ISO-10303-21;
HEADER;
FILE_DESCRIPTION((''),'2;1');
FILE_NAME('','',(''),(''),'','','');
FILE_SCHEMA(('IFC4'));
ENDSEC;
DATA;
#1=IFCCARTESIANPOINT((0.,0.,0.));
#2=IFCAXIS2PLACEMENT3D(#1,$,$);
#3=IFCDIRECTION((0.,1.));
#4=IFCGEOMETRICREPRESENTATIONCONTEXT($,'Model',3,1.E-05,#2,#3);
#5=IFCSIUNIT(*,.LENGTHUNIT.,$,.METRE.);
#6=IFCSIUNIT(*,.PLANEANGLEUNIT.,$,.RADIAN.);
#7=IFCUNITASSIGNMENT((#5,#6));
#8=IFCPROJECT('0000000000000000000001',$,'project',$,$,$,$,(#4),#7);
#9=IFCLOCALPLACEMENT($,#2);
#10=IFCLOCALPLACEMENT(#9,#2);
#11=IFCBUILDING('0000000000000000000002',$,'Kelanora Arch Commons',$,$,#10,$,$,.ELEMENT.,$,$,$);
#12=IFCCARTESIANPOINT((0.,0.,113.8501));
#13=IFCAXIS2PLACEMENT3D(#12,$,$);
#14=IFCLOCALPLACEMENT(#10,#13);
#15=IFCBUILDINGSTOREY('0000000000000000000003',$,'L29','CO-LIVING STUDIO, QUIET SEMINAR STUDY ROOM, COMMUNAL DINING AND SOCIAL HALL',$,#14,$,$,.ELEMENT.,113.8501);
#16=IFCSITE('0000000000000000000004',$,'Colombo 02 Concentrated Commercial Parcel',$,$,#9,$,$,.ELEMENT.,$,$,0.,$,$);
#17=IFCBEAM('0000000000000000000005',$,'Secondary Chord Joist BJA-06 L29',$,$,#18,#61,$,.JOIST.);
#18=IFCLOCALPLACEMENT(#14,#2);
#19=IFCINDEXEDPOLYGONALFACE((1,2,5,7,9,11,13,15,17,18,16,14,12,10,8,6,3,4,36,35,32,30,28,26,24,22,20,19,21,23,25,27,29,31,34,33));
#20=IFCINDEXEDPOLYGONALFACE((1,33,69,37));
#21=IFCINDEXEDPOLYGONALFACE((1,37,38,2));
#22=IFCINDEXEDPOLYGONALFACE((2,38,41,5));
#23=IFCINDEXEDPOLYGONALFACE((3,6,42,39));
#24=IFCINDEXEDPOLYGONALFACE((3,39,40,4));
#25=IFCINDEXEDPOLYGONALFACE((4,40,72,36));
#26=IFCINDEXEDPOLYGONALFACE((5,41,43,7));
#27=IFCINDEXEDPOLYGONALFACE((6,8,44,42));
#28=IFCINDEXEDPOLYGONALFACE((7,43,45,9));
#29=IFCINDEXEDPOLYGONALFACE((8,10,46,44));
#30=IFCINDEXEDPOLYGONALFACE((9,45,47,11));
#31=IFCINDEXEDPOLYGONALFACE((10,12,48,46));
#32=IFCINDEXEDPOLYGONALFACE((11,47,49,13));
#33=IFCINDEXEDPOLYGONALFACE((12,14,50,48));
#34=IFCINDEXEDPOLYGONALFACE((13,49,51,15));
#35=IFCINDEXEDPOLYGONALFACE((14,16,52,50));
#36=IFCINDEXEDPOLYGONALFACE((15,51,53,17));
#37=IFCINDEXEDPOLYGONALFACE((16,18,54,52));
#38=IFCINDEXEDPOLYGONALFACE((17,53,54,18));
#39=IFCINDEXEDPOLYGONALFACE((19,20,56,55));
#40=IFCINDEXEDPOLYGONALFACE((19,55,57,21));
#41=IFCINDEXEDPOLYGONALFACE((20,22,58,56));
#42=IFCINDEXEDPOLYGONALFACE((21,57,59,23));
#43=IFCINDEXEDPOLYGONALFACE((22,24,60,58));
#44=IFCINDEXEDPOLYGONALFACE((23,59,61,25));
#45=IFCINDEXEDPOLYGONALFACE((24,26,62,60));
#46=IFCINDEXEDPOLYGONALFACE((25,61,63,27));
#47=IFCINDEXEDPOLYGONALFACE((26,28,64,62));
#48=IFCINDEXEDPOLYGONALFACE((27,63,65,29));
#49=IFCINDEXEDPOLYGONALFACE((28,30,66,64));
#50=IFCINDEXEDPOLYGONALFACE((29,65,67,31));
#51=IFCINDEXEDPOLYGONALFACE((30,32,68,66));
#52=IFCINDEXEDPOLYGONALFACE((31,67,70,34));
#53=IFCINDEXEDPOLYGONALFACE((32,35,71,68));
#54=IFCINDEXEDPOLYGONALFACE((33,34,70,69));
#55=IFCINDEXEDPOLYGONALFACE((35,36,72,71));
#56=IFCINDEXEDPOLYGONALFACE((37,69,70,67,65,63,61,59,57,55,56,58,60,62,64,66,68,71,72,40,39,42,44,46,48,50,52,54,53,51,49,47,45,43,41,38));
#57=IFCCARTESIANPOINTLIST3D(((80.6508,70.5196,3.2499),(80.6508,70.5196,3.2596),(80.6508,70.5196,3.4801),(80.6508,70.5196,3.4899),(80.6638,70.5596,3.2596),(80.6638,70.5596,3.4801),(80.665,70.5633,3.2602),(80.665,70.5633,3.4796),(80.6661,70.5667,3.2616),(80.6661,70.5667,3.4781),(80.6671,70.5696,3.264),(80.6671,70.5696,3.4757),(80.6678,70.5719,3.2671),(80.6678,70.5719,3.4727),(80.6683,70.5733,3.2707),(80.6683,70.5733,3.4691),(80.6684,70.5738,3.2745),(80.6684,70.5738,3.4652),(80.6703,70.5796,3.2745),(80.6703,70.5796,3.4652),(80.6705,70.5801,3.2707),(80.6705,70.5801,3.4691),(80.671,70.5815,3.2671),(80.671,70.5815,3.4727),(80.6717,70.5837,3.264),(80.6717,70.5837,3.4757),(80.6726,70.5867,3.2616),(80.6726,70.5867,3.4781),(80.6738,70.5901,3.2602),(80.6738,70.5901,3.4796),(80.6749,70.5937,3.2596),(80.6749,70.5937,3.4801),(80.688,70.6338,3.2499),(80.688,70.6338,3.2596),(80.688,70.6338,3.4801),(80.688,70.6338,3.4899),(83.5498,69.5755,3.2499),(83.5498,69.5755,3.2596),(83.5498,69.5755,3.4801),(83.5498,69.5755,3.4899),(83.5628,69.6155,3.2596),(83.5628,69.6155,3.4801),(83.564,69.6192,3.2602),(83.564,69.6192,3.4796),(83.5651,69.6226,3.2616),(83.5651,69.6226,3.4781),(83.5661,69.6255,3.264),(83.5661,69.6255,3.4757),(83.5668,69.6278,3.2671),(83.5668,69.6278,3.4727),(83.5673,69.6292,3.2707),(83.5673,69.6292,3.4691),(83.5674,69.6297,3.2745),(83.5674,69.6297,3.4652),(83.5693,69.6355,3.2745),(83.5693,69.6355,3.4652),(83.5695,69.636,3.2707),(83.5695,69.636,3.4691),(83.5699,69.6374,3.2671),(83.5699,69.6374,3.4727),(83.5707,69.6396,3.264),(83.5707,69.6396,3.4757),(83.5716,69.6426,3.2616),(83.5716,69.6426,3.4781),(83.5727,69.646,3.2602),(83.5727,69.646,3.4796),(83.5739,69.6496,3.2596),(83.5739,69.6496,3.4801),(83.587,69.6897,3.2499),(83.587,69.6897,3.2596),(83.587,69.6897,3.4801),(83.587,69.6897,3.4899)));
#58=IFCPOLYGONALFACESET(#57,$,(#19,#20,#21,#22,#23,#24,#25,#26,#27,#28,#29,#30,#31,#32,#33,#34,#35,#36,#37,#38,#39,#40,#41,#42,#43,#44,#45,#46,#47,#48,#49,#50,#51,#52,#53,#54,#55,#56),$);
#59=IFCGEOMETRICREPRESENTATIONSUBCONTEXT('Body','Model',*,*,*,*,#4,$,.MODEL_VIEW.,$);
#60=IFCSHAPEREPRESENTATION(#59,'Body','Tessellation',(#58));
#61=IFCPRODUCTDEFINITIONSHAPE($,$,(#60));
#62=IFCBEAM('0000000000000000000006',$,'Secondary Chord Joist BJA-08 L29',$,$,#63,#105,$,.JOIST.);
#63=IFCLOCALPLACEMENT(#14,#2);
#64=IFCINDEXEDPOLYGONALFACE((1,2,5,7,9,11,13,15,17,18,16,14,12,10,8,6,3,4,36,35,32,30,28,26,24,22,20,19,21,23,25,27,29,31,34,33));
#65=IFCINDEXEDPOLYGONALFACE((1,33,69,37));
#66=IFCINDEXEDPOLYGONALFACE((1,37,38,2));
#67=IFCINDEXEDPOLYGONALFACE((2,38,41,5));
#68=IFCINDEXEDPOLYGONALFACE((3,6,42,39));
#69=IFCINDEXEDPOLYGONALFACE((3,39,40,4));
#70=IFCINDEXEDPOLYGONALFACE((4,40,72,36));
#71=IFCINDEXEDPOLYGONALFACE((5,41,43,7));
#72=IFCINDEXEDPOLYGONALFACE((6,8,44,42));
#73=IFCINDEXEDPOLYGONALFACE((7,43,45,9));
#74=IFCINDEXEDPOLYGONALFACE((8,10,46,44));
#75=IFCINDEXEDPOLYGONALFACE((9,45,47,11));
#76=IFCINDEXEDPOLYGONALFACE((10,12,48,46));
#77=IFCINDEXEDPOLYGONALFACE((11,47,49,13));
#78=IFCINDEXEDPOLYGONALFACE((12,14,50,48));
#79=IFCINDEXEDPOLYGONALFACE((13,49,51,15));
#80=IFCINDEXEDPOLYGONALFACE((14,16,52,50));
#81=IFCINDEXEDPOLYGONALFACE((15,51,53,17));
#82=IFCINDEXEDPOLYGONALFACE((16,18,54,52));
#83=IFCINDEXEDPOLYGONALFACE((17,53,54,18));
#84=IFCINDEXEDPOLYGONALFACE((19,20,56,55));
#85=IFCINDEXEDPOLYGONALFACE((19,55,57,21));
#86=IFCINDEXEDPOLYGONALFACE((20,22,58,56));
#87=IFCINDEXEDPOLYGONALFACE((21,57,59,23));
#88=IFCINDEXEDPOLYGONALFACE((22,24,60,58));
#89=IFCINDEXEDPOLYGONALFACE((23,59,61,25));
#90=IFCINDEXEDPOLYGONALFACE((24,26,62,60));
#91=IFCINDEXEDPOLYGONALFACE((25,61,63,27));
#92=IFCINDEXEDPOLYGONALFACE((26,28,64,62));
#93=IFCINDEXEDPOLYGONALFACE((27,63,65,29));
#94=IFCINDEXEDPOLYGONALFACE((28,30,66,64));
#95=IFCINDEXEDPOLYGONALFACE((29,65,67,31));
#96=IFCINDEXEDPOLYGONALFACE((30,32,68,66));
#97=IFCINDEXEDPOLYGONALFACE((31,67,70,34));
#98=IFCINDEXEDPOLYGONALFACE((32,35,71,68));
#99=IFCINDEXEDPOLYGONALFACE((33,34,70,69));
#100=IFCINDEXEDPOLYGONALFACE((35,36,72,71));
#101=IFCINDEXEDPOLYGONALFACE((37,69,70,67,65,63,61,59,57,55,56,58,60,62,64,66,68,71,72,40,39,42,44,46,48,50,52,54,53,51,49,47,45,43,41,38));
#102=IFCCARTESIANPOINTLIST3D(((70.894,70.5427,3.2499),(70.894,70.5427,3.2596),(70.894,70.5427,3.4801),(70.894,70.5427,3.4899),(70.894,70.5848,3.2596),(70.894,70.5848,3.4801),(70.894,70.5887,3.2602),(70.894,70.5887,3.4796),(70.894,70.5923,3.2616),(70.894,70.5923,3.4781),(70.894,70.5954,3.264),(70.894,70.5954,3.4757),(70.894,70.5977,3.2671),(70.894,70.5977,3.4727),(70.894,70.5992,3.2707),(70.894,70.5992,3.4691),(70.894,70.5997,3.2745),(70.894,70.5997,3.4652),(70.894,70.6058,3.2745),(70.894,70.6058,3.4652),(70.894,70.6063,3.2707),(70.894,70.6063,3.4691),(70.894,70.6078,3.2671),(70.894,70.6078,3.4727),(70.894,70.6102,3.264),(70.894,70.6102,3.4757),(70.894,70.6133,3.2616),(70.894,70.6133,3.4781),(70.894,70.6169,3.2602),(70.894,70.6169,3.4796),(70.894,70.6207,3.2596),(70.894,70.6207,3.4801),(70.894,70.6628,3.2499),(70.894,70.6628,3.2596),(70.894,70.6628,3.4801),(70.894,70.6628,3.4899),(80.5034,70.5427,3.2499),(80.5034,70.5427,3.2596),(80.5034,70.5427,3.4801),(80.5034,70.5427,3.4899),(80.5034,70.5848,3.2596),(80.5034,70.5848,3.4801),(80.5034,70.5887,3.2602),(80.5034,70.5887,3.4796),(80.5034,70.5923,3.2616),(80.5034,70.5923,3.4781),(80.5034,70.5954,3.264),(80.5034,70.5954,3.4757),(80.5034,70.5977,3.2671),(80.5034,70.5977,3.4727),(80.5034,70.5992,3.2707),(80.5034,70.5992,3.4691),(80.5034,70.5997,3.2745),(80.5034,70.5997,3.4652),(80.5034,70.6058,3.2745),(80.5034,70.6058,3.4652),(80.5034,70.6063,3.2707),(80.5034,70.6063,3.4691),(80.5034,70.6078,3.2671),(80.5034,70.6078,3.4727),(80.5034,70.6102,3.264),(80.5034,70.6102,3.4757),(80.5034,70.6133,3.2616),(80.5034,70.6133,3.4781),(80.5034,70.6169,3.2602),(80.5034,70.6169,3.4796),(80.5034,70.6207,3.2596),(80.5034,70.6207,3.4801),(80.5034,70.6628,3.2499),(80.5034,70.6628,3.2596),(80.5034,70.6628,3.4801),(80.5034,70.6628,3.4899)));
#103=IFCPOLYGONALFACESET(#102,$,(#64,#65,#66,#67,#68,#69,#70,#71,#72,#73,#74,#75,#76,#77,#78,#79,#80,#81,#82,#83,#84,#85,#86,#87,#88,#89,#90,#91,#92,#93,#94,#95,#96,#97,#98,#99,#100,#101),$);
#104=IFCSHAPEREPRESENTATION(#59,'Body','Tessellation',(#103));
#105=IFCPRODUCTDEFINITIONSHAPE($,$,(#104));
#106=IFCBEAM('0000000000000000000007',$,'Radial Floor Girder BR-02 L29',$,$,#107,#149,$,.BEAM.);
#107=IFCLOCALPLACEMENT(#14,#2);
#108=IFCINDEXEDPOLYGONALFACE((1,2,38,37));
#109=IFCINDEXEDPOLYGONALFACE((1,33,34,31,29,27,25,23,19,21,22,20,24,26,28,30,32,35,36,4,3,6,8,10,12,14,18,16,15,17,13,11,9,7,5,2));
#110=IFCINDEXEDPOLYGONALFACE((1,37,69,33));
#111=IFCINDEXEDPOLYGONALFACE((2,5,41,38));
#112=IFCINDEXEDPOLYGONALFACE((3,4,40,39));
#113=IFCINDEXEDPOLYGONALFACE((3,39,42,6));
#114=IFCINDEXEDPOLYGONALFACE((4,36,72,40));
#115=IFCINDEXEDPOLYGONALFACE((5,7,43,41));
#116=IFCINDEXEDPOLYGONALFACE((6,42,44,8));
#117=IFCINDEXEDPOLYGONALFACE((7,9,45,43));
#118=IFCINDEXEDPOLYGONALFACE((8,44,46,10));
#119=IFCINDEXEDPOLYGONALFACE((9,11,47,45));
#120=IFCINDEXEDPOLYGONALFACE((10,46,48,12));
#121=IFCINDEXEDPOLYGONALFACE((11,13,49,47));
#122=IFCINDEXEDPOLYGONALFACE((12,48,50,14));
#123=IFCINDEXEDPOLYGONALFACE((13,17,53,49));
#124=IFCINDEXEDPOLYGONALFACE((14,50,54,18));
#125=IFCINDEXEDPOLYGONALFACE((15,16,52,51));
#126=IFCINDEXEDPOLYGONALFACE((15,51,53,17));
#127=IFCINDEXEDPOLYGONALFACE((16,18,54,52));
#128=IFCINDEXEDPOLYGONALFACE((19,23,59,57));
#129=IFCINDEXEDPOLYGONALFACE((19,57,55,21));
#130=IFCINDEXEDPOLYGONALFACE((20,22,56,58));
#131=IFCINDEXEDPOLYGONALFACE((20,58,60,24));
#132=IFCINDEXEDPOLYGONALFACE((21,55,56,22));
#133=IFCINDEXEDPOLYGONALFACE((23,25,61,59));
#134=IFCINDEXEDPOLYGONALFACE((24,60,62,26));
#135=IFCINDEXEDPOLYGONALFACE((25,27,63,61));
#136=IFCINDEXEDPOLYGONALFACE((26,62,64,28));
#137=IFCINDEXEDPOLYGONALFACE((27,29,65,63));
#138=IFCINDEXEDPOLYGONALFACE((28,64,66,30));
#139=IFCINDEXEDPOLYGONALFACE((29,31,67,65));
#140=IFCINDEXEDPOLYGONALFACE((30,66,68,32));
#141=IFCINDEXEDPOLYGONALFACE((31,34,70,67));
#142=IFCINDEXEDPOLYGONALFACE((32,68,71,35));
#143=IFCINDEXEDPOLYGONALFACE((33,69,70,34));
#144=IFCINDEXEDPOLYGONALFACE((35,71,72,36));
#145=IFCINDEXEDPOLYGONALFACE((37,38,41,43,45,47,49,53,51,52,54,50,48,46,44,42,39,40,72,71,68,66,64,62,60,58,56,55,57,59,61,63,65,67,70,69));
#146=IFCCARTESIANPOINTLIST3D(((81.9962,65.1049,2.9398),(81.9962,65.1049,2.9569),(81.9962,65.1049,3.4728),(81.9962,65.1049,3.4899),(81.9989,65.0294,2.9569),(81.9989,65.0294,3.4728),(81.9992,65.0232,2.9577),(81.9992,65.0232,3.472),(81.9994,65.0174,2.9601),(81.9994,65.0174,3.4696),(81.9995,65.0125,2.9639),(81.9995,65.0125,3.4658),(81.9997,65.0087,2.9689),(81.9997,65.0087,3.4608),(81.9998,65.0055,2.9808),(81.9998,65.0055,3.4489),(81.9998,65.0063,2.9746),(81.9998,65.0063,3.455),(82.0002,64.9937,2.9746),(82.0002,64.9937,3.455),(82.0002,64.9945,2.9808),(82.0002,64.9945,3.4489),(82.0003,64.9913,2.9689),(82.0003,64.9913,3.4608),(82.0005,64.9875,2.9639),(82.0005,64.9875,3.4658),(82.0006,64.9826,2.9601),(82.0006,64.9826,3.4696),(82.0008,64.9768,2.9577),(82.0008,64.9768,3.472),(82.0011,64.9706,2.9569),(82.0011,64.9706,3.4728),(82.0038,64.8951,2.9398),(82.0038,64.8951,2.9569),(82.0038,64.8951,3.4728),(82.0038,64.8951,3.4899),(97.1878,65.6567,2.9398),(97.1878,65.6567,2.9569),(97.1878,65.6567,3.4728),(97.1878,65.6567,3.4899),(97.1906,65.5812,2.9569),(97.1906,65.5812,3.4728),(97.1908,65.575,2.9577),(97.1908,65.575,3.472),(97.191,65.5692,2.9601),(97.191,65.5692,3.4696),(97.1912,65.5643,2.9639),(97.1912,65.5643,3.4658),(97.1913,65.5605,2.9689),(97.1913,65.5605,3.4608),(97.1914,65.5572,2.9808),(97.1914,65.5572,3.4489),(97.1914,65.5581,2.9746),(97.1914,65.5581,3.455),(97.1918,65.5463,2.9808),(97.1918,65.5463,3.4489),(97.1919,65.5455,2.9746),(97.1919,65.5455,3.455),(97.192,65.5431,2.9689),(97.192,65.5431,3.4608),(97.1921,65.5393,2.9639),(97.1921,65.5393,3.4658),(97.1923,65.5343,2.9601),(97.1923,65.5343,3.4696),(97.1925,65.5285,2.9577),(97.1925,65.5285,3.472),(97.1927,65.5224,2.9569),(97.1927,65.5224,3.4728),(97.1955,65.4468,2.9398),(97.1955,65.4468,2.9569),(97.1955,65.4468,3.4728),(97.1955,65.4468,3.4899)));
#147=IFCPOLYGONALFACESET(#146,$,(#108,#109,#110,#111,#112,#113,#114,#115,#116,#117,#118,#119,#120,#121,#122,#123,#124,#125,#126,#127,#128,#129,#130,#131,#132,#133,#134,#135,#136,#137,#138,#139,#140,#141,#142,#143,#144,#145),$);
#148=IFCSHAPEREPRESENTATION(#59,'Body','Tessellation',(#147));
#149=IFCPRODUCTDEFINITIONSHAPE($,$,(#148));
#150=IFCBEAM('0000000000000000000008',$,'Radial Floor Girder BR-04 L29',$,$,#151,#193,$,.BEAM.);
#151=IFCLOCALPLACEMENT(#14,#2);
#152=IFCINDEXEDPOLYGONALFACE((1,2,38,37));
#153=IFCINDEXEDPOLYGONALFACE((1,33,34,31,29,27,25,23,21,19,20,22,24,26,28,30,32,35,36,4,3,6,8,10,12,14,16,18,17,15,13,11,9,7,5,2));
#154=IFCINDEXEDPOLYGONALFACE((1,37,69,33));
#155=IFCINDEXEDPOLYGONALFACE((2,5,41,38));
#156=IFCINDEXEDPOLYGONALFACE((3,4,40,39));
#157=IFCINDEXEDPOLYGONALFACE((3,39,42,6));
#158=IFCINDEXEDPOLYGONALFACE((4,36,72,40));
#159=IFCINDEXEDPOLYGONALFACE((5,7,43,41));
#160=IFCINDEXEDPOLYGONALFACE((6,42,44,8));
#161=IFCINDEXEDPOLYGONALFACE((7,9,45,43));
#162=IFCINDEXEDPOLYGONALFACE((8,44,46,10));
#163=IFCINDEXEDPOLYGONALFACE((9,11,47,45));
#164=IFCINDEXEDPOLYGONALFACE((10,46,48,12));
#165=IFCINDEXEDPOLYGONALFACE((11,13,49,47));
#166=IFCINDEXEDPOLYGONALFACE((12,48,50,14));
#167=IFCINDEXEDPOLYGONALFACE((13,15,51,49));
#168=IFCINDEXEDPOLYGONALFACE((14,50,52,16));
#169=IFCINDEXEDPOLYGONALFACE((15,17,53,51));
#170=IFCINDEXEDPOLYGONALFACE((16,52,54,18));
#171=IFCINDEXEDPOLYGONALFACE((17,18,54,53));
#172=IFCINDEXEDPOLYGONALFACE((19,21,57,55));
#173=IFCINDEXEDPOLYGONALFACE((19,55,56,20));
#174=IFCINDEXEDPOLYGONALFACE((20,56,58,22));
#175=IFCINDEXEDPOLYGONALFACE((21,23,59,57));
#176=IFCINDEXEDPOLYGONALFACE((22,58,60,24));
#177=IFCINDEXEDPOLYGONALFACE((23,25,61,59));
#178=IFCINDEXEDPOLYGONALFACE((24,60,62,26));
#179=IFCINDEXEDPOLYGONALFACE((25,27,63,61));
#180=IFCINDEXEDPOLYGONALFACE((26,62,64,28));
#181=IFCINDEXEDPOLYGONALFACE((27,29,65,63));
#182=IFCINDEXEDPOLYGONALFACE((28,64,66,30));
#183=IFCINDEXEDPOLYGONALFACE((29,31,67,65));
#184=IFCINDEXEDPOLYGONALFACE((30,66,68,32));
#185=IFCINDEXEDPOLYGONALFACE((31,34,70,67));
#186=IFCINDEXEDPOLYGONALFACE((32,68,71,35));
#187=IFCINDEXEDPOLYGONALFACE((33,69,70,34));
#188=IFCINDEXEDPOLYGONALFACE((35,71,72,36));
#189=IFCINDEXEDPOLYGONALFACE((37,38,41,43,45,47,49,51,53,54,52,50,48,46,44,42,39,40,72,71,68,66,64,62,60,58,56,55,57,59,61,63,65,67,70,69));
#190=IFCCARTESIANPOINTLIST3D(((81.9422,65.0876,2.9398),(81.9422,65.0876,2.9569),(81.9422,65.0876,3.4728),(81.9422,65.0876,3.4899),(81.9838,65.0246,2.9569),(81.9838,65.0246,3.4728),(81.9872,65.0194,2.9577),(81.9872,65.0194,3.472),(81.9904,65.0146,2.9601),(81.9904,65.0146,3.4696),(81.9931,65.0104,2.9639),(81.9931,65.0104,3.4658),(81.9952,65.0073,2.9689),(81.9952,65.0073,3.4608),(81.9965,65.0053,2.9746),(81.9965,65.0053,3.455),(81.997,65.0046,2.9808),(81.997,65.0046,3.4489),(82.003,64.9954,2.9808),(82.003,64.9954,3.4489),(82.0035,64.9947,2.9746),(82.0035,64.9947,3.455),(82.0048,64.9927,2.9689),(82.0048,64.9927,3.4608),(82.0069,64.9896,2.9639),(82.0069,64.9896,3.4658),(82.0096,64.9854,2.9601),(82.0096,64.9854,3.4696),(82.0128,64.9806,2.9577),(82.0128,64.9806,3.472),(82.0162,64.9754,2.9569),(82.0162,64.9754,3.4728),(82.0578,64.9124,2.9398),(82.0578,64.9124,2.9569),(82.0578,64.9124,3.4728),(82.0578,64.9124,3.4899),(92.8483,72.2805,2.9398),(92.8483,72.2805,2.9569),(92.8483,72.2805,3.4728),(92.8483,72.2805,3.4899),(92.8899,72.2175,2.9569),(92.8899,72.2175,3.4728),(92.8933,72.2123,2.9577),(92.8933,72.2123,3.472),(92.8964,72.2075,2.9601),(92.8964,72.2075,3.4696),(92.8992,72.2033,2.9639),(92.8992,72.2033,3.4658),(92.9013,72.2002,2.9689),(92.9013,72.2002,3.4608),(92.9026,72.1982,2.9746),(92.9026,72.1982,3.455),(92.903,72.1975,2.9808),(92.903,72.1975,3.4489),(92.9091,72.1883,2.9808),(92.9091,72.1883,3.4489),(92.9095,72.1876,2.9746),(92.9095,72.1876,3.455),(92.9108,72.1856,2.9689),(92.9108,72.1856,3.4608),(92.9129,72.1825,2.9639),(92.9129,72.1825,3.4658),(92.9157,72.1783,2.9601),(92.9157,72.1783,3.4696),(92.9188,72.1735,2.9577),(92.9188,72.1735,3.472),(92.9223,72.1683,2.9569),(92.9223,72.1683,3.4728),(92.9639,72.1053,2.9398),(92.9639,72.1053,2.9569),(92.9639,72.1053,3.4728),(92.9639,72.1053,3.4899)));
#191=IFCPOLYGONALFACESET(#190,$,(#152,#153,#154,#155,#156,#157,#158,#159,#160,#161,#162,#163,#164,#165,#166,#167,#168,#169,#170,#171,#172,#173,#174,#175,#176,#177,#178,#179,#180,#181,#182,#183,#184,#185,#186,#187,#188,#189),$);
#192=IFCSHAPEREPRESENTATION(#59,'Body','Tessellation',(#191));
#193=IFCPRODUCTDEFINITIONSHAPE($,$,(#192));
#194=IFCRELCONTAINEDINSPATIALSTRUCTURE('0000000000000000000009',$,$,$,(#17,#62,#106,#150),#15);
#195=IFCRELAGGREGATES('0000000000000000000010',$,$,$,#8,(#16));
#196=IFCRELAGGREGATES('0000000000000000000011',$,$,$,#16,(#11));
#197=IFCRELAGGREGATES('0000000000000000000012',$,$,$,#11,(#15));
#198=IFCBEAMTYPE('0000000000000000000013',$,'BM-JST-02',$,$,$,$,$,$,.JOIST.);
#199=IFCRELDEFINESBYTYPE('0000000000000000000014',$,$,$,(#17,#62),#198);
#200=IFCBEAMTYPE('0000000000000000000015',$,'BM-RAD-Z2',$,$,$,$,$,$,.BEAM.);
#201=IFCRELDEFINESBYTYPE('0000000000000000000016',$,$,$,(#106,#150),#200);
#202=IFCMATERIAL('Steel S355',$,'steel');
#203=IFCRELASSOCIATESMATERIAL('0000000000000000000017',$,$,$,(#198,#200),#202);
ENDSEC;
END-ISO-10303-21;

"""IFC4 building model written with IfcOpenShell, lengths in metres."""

from ifc_helpers import new_model, si_unit, direction, frame, origin, origin_2d, place, context, subcontext, project, spatial, i_section, extrude, material, material_profile, profile_set, type_object, element, save


model = new_model("IFC4")

# Units and contexts
model_context = context("Model", 3, precision=1e-05, world=origin(), true_north=direction((0.0, 1.0)))
body_context = subcontext(model_context, "Body", "Model", "MODEL_VIEW")
ifc_project = project(units=[si_unit("LENGTHUNIT", "METRE"), si_unit("PLANEANGLEUNIT", "RADIAN")], contexts=[model_context])

# Site, building, storey
site_placement = place(None, origin())
site = spatial("IfcSite", under=ifc_project, at=site_placement, Name="Colombo 02 Concentrated Commercial Parcel", CompositionType="ELEMENT", RefElevation=0.0)
building_placement = place(site_placement, origin())
building = spatial("IfcBuilding", under=site, at=building_placement, Name="Kelanora Arch Commons", CompositionType="ELEMENT")
storey_placement = place(building_placement, frame((0.0, 0.0, 113.8501)))
storey = spatial("IfcBuildingStorey", under=building, at=storey_placement, Name="L29", Description="CO-LIVING STUDIO, QUIET SEMINAR STUDY ROOM, COMMUNAL DINING AND SOCIAL HALL", CompositionType="ELEMENT", Elevation=113.8501)

# Beams
ifc_material_1 = material(Name="Steel S355", Category="steel")
ifc_material_profile_1 = material_profile(ifc_material_1, i_section(OverallWidth=0.1201, OverallDepth=0.24, WebThickness=0.0061, FlangeThickness=0.0098, FilletRadius=0.0149, at=origin_2d()), Name="IPE240")
ifc_profile_set_1 = profile_set([ifc_material_profile_1], Name="Steel S355")
beam_type_1 = type_object("IfcBeamType", Name="BM-JST-02", PredefinedType="JOIST", material=ifc_profile_set_1)
beam_1_placement = place(storey_placement, frame((83.5684, 69.6326, 3.3699), z_axis=(-0.950847, 0.309662, 0.0), x_axis=(-0.309662, -0.950847, 0.0)))
element("IfcBeam", 1, at=beam_1_placement, inside=storey, type_object=beam_type_1, Name="Secondary Chord Joist BJA-06 L29", PredefinedType="JOIST", context=body_context, shape_type="SweptSolid", body=[
    extrude(i_section(OverallWidth=0.1201, OverallDepth=0.24, WebThickness=0.0061, FlangeThickness=0.0098, FilletRadius=0.0149, at=origin_2d()), origin(), (0.0, 0.0, 1.0), 3.0488),
])
beam_2_placement = place(storey_placement, frame((80.5034, 70.6028, 3.3699), z_axis=(-1.0, 0.0, 0.0), x_axis=(0.0, -1.0, 0.0)))
element("IfcBeam", 2, at=beam_2_placement, inside=storey, type_object=beam_type_1, Name="Secondary Chord Joist BJA-08 L29", PredefinedType="JOIST", context=body_context, shape_type="SweptSolid", body=[
    extrude(i_section(OverallWidth=0.1201, OverallDepth=0.24, WebThickness=0.0061, FlangeThickness=0.0098, FilletRadius=0.0149, at=origin_2d()), origin(), (0.0, 0.0, 1.0), 9.6094),
])
ifc_material_profile_2 = material_profile(ifc_material_1, i_section(OverallWidth=0.21, OverallDepth=0.55, WebThickness=0.011, FlangeThickness=0.0171, FilletRadius=0.0239, at=origin_2d()), Name="IPE550")
ifc_profile_set_2 = profile_set([ifc_material_profile_2], Name="Steel S355")
beam_type_2 = type_object("IfcBeamType", Name="BM-RAD-Z2", PredefinedType="BEAM", material=ifc_profile_set_2)
beam_3_placement = place(storey_placement, frame((82.0, 65.0, 3.2148), z_axis=(0.999341, 0.036296, 0.0), x_axis=(-0.036296, 0.999341, 0.0)))
element("IfcBeam", 3, at=beam_3_placement, inside=storey, type_object=beam_type_2, Name="Radial Floor Girder BR-02 L29", PredefinedType="BEAM", context=body_context, shape_type="SweptSolid", body=[
    extrude(i_section(OverallWidth=0.21, OverallDepth=0.55, WebThickness=0.011, FlangeThickness=0.0171, FilletRadius=0.0239, at=origin_2d()), origin(), (0.0, 0.0, 1.0), 15.2017),
])
beam_4_placement = place(storey_placement, frame((82.0, 65.0, 3.2148), z_axis=(0.834789, 0.550571, 0.0), x_axis=(-0.550571, 0.834789, 0.0)))
element("IfcBeam", 4, at=beam_4_placement, inside=storey, type_object=beam_type_2, Name="Radial Floor Girder BR-04 L29", PredefinedType="BEAM", context=body_context, shape_type="SweptSolid", body=[
    extrude(i_section(OverallWidth=0.21, OverallDepth=0.55, WebThickness=0.011, FlangeThickness=0.0171, FilletRadius=0.0239, at=origin_2d()), origin(), (0.0, 0.0, 1.0), 13.0645),
])

save(model, "model.ifc")
